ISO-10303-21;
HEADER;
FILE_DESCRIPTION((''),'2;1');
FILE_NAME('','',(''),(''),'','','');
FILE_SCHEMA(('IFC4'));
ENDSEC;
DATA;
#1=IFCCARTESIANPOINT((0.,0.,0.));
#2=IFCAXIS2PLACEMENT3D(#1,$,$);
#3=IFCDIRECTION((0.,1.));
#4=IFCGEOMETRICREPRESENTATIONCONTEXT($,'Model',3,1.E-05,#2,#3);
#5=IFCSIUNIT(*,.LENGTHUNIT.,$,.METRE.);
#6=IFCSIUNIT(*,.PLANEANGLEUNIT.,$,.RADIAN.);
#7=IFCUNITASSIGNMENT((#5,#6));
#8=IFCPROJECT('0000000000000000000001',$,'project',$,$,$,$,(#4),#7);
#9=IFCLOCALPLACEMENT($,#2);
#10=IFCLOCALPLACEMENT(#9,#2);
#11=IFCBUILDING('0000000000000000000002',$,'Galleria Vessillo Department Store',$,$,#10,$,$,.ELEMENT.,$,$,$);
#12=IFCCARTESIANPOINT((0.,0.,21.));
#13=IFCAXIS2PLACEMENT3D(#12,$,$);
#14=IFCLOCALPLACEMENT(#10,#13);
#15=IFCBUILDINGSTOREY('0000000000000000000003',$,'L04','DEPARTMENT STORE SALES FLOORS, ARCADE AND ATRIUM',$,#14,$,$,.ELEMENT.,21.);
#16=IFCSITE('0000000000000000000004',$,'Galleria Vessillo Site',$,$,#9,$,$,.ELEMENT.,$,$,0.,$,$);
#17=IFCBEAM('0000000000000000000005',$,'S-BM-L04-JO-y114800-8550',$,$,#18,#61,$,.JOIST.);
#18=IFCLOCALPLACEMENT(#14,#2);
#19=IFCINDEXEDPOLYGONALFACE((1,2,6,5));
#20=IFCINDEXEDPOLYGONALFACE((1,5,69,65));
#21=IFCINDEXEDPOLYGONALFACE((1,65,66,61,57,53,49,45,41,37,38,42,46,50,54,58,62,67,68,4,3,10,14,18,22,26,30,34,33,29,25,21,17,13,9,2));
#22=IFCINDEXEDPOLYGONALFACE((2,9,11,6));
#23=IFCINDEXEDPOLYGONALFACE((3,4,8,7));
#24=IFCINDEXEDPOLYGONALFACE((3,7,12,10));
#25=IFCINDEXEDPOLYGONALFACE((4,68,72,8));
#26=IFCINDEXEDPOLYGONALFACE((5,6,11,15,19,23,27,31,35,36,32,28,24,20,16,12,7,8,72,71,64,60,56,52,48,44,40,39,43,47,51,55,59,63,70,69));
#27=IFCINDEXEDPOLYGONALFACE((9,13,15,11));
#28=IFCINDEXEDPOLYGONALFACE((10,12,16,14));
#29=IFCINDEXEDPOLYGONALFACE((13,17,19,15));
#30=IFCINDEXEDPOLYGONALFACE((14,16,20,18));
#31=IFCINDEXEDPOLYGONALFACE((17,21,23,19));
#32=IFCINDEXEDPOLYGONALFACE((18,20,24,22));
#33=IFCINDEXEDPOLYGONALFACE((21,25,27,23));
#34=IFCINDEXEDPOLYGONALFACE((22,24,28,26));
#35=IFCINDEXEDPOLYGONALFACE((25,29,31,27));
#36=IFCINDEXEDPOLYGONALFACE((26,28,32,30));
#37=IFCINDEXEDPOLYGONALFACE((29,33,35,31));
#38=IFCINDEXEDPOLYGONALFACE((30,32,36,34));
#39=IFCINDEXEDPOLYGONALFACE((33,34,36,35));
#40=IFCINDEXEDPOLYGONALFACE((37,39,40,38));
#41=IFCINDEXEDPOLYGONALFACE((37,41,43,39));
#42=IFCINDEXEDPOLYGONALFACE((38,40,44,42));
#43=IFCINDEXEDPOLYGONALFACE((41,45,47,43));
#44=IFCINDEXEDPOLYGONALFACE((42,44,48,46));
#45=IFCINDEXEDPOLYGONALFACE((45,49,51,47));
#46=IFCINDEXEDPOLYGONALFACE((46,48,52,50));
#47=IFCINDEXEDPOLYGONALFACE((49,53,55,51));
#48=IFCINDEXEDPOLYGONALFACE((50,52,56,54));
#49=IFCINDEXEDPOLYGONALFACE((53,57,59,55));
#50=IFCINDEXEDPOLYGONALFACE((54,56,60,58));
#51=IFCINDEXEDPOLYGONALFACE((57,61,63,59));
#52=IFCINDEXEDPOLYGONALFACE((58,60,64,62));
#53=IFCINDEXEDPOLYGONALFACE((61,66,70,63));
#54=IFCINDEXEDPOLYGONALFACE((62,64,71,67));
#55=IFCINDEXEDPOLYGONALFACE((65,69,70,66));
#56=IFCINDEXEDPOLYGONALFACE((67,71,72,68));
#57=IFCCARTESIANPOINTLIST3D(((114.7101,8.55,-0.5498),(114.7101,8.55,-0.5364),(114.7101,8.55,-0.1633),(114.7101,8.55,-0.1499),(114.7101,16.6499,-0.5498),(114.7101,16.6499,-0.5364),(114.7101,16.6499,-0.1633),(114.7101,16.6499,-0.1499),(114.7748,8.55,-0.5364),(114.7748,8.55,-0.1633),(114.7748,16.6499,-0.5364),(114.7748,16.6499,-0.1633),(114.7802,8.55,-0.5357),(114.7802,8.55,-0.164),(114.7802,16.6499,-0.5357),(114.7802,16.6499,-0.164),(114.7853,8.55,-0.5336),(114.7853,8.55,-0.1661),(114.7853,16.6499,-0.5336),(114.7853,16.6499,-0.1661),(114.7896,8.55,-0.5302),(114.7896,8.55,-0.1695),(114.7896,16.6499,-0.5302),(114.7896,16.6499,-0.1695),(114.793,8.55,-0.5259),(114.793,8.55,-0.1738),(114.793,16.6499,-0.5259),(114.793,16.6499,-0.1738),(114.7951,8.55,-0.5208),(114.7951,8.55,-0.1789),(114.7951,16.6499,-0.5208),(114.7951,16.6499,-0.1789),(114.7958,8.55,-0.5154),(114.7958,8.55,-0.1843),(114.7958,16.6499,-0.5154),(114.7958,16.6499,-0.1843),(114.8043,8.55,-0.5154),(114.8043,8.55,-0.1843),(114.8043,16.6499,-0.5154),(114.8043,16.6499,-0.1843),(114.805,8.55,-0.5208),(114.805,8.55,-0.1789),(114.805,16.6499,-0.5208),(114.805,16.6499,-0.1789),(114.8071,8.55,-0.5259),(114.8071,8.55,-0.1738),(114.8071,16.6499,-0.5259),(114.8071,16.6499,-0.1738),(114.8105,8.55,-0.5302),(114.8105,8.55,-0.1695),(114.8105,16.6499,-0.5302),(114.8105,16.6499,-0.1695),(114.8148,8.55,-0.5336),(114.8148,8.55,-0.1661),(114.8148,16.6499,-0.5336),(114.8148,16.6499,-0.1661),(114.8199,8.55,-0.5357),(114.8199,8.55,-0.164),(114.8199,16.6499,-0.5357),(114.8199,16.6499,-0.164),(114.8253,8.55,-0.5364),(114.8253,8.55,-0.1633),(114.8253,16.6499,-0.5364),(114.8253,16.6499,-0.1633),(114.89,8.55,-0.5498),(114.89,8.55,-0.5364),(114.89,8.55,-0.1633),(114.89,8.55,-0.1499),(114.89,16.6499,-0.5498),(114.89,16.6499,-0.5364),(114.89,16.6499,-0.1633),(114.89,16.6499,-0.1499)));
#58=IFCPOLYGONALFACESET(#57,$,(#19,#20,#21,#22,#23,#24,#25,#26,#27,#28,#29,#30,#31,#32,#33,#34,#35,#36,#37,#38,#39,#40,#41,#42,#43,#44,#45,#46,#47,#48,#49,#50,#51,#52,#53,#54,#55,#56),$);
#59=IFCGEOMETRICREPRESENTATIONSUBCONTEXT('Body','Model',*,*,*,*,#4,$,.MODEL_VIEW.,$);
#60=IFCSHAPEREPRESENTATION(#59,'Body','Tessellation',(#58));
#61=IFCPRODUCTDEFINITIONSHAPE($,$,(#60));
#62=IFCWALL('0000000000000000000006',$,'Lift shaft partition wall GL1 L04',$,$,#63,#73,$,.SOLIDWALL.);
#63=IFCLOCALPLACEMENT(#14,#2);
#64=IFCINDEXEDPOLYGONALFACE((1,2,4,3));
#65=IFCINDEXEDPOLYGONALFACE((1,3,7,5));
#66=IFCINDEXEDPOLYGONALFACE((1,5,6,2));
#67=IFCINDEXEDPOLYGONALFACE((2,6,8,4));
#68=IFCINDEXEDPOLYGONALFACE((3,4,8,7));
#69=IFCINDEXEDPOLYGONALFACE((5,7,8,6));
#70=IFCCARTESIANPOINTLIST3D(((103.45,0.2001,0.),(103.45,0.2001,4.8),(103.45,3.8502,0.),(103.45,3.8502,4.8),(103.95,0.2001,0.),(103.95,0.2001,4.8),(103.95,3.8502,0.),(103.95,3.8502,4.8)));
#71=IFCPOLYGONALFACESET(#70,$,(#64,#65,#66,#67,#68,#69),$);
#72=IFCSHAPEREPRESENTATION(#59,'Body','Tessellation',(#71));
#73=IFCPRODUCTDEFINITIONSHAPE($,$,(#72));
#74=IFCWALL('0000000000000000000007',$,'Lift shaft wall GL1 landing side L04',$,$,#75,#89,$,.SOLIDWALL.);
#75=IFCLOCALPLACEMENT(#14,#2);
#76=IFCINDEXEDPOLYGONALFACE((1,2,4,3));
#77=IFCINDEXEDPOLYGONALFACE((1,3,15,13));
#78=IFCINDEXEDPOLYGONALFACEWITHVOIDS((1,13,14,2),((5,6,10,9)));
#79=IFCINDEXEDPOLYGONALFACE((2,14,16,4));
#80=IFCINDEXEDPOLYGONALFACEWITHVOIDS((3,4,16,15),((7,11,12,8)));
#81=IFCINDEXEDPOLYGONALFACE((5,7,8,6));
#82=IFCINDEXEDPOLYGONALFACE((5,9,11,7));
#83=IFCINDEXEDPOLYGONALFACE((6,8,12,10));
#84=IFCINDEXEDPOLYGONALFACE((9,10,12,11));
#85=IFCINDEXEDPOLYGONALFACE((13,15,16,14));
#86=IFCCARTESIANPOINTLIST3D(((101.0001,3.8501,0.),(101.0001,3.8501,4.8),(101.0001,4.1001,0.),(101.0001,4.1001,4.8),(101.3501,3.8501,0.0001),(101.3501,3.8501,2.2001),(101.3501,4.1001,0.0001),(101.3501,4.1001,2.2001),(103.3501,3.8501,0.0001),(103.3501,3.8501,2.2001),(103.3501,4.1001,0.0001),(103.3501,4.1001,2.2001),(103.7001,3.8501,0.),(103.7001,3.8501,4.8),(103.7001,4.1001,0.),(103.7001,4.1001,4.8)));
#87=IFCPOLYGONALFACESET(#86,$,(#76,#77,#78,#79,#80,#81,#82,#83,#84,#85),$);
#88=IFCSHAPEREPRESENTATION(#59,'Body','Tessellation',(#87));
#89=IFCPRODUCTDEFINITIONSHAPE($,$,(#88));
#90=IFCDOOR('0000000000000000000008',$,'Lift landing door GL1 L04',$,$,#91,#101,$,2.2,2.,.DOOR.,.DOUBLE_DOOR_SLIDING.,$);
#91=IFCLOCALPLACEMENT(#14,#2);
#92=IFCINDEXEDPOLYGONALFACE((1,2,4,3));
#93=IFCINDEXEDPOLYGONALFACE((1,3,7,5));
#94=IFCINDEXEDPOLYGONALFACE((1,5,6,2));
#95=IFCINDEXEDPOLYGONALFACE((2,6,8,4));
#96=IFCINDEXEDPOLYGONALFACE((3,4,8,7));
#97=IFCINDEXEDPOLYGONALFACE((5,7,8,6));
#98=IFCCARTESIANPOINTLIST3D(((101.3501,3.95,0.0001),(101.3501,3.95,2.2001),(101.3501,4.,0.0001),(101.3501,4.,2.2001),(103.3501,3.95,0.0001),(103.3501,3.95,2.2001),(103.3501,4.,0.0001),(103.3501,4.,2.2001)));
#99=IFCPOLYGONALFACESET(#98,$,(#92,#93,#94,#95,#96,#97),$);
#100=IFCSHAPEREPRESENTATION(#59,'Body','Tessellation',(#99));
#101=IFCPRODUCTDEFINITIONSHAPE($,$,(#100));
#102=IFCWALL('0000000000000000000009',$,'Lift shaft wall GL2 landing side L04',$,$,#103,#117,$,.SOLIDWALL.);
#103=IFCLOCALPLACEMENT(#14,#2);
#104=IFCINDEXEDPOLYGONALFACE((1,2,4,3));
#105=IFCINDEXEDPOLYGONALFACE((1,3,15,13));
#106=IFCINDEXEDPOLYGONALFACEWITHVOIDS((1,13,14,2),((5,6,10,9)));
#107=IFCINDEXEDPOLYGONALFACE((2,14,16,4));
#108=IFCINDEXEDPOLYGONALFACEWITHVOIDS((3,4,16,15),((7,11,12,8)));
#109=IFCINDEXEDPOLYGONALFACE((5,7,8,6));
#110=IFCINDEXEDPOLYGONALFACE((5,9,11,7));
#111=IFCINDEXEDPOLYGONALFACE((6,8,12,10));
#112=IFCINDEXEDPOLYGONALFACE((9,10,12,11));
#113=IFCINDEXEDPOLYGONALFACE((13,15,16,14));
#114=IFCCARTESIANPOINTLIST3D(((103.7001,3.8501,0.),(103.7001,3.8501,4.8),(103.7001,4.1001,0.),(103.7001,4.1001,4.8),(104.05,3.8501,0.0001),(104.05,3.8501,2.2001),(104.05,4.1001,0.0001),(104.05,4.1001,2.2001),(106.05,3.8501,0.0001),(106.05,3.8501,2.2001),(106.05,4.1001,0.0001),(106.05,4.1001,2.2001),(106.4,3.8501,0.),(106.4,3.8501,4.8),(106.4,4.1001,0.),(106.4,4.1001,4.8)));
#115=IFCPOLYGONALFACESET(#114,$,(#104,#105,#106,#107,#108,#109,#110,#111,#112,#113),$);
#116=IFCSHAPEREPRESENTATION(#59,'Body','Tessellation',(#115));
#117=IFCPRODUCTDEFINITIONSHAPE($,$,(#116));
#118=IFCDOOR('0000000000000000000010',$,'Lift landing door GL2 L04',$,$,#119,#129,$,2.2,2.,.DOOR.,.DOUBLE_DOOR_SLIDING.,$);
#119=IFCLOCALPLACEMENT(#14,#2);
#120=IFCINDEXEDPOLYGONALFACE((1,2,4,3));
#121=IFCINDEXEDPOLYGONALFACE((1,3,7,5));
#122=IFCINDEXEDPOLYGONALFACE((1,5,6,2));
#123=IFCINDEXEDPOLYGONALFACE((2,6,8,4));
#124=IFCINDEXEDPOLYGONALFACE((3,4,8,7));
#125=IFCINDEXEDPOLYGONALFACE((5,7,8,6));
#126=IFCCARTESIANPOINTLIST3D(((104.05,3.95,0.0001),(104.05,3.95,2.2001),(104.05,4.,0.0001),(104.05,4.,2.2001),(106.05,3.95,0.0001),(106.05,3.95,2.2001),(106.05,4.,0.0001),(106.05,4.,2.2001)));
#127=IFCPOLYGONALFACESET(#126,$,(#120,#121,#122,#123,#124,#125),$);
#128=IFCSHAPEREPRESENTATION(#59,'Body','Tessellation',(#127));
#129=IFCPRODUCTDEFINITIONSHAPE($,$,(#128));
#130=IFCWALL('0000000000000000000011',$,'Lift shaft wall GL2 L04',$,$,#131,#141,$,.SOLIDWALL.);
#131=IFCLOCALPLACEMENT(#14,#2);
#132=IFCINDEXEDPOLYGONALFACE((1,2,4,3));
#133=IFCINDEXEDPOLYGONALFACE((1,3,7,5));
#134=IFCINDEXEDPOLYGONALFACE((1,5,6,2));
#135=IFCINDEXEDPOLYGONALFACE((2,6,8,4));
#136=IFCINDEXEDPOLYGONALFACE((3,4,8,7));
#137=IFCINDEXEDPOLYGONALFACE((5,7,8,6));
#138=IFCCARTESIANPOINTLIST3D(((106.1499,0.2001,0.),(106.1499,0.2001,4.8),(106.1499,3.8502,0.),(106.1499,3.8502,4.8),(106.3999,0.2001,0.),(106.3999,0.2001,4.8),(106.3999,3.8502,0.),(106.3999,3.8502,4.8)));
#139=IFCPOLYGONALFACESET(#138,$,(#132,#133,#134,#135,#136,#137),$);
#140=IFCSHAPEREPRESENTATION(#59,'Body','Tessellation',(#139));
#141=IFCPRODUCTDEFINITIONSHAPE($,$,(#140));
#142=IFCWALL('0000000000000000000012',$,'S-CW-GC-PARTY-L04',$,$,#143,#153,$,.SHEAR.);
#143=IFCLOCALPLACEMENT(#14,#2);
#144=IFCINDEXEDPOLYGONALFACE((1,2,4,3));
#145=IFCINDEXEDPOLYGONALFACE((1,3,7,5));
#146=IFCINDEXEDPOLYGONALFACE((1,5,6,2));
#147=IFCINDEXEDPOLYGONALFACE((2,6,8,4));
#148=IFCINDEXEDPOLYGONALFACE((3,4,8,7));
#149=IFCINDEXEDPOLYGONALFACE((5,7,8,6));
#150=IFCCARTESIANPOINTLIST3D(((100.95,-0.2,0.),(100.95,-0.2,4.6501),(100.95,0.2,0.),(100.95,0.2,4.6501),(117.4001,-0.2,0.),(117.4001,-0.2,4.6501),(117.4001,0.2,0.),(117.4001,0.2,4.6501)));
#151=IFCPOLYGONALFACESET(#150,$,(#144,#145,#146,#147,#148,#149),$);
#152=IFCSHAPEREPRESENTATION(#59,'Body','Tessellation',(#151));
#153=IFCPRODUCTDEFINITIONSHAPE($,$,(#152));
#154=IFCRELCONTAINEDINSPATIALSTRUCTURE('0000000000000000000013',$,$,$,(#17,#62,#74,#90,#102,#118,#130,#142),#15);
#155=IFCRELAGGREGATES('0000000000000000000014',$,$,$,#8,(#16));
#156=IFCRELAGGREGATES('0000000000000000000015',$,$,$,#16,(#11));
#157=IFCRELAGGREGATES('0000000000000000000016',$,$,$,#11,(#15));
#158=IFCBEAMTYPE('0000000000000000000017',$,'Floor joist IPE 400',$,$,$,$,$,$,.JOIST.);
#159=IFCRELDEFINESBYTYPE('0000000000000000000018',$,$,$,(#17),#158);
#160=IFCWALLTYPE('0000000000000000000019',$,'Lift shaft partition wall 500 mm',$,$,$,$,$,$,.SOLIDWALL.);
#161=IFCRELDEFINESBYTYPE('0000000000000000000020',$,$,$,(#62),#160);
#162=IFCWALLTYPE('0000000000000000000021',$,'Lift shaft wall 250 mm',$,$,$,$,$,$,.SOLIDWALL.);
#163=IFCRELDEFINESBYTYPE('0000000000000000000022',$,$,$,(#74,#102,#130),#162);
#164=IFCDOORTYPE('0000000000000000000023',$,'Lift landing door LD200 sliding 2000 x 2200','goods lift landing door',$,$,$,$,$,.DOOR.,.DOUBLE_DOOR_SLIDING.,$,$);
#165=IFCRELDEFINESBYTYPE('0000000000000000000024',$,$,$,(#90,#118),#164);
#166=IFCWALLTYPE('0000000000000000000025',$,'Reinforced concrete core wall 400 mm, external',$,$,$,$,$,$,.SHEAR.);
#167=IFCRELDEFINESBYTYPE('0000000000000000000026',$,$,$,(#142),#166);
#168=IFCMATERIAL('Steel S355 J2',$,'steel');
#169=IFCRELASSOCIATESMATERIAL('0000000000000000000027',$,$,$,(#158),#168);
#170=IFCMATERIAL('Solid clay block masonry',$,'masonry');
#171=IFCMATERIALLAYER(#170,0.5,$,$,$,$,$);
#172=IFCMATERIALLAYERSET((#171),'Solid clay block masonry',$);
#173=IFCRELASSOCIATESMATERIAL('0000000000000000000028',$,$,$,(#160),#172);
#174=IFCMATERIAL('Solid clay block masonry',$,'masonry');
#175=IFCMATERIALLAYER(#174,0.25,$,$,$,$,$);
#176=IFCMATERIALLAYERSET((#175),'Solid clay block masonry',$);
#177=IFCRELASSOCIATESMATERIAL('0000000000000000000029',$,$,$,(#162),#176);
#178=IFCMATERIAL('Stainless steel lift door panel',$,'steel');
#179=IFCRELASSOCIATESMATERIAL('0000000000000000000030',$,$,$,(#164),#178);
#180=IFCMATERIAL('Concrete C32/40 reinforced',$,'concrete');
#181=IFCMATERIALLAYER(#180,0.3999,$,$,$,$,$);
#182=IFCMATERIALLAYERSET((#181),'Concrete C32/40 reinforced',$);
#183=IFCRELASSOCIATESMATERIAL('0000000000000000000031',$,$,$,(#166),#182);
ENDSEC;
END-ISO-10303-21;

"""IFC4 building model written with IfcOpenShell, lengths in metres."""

from ifc_helpers import new_model, si_unit, direction, frame, frame_2d, origin, origin_2d, place, context, subcontext, project, spatial, rectangle, i_section, extrude, material, layer, layer_set, material_profile, profile_set, type_object, element, fill, save


model = new_model("IFC4")

# Units and contexts
model_context = context("Model", 3, precision=1e-05, world=origin(), true_north=direction((0.0, 1.0)))
body_context = subcontext(model_context, "Body", "Model", "MODEL_VIEW")
ifc_project = project(units=[si_unit("LENGTHUNIT", "METRE"), si_unit("PLANEANGLEUNIT", "RADIAN")], contexts=[model_context])

# Site, building, storey
site_placement = place(None, origin())
site = spatial("IfcSite", under=ifc_project, at=site_placement, Name="Galleria Vessillo Site", CompositionType="ELEMENT", RefElevation=0.0)
building_placement = place(site_placement, origin())
building = spatial("IfcBuilding", under=site, at=building_placement, Name="Galleria Vessillo Department Store", CompositionType="ELEMENT")
storey_placement = place(building_placement, frame((0.0, 0.0, 21.0)))
storey = spatial("IfcBuildingStorey", under=building, at=storey_placement, Name="L04", Description="DEPARTMENT STORE SALES FLOORS, ARCADE AND ATRIUM", CompositionType="ELEMENT", Elevation=21.0)

# Beam
ifc_material_1 = material(Name="Steel S355 J2", Category="steel")
ifc_material_profile = material_profile(ifc_material_1, i_section(OverallWidth=0.1799, OverallDepth=0.3999, WebThickness=0.0085, FlangeThickness=0.0134, FilletRadius=0.021, at=origin_2d()), Name="IPE 400")
ifc_profile_set = profile_set([ifc_material_profile], Name="Steel S355 J2")
beam_type = type_object("IfcBeamType", Name="Floor joist IPE 400", PredefinedType="JOIST", material=ifc_profile_set)
beam_placement = place(storey_placement, frame((114.8, 8.55, -0.3499), z_axis=(0.0, 1.0, 0.0), x_axis=(-1.0, 0.0, 0.0)))
element("IfcBeam", 1, at=beam_placement, inside=storey, type_object=beam_type, Name="S-BM-L04-JO-y114800-8550", PredefinedType="JOIST", context=body_context, shape_type="SweptSolid", body=[
    extrude(i_section(OverallWidth=0.1799, OverallDepth=0.3999, WebThickness=0.0085, FlangeThickness=0.0134, FilletRadius=0.021, at=origin_2d()), origin(), (0.0, 0.0, 1.0), 8.0999),
])

# Wall
ifc_material_2 = material(Name="Solid clay block masonry", Category="masonry")
ifc_layer_1 = layer(ifc_material_2, 0.5)
ifc_layer_set_1 = layer_set([ifc_layer_1], Name="Solid clay block masonry")
wall_type_1 = type_object("IfcWallType", Name="Lift shaft partition wall 500 mm", PredefinedType="SOLIDWALL", material=ifc_layer_set_1)
wall_1_placement = place(storey_placement, frame((103.7, 0.2, 0.0), z_axis=(0.0, 0.0, 1.0), x_axis=(0.0, 1.0, 0.0)))
element("IfcWall", 2, at=wall_1_placement, inside=storey, type_object=wall_type_1, Name="Lift shaft partition wall GL1 L04", PredefinedType="SOLIDWALL", context=body_context, shape_type="SweptSolid", body=[
    extrude(rectangle(XDim=3.6501, YDim=0.5, at=frame_2d((1.8252, 0.0))), origin(), (0.0, 0.0, 1.0), 4.8),
])

# Walls, openings, doors
ifc_material_3 = material(Name="Solid clay block masonry", Category="masonry")
ifc_layer_2 = layer(ifc_material_3, 0.25)
ifc_layer_set_2 = layer_set([ifc_layer_2], Name="Solid clay block masonry")
wall_type_2 = type_object("IfcWallType", Name="Lift shaft wall 250 mm", PredefinedType="SOLIDWALL", material=ifc_layer_set_2)
wall_2_placement = place(storey_placement, frame((101.0, 3.9751, 0.0), z_axis=(0.0, 0.0, 1.0), x_axis=(1.0, 0.0, 0.0)))
wall_2 = element("IfcWall", 3, at=wall_2_placement, inside=storey, type_object=wall_type_2, Name="Lift shaft wall GL1 landing side L04", PredefinedType="SOLIDWALL", context=body_context, shape_type="SweptSolid", body=[
    extrude(rectangle(XDim=2.7, YDim=0.25, at=frame_2d((1.3501, 0.0))), origin(), (0.0, 0.0, 1.0), 4.8),
])
opening_1_placement = place(wall_2_placement, frame((0.3501, 0.0, 0.0)))
opening_1 = element("IfcOpeningElement", 4, at=opening_1_placement, cuts=wall_2, PredefinedType="OPENING", context=body_context, shape_type="SweptSolid", body=[
    extrude(rectangle(XDim=2.0, YDim=2.2, at=frame_2d((1.0, 1.1001))), frame((0.0, 0.135, 0.0), z_axis=(0.0, -1.0, 0.0), x_axis=(1.0, 0.0, 0.0)), (0.0, 0.0, 1.0), 0.27),
])
ifc_material_4 = material(Name="Stainless steel lift door panel", Category="steel")
door_type_1 = type_object("IfcDoorType", Name="Lift landing door LD200 sliding 2000 x 2200", Description="goods lift landing door", OperationType="DOUBLE_DOOR_SLIDING", PredefinedType="DOOR", material=ifc_material_4)
door_1_placement = place(opening_1_placement, origin())
door_1 = element("IfcDoor", 5, at=door_1_placement, inside=storey, type_object=door_type_1, Name="Lift landing door GL1 L04", OperationType="DOUBLE_DOOR_SLIDING", OverallHeight=2.2, OverallWidth=2.0, PredefinedType="DOOR", context=body_context, shape_type="SweptSolid", body=[
    extrude(rectangle(XDim=2.0, YDim=2.2, at=frame_2d((1.0, 1.1001))), frame((0.0, 0.0249, 0.0), z_axis=(0.0, -1.0, 0.0), x_axis=(1.0, 0.0, 0.0)), (0.0, 0.0, 1.0), 0.05),
])
fill(opening_1, door_1)
wall_3_placement = place(storey_placement, frame((103.7, 3.9751, 0.0), z_axis=(0.0, 0.0, 1.0), x_axis=(1.0, 0.0, 0.0)))
wall_3 = element("IfcWall", 6, at=wall_3_placement, inside=storey, type_object=wall_type_2, Name="Lift shaft wall GL2 landing side L04", PredefinedType="SOLIDWALL", context=body_context, shape_type="SweptSolid", body=[
    extrude(rectangle(XDim=2.7, YDim=0.25, at=frame_2d((1.3501, 0.0))), origin(), (0.0, 0.0, 1.0), 4.8),
])
opening_2_placement = place(wall_3_placement, frame((0.3501, 0.0, 0.0)))
opening_2 = element("IfcOpeningElement", 7, at=opening_2_placement, cuts=wall_3, PredefinedType="OPENING", context=body_context, shape_type="SweptSolid", body=[
    extrude(rectangle(XDim=2.0, YDim=2.2, at=frame_2d((1.0, 1.1001))), frame((0.0, 0.135, 0.0), z_axis=(0.0, -1.0, 0.0), x_axis=(1.0, 0.0, 0.0)), (0.0, 0.0, 1.0), 0.27),
])
door_2_placement = place(opening_2_placement, origin())
door_2 = element("IfcDoor", 8, at=door_2_placement, inside=storey, type_object=door_type_1, Name="Lift landing door GL2 L04", OperationType="DOUBLE_DOOR_SLIDING", OverallHeight=2.2, OverallWidth=2.0, PredefinedType="DOOR", context=body_context, shape_type="SweptSolid", body=[
    extrude(rectangle(XDim=2.0, YDim=2.2, at=frame_2d((1.0, 1.1001))), frame((0.0, 0.0249, 0.0), z_axis=(0.0, -1.0, 0.0), x_axis=(1.0, 0.0, 0.0)), (0.0, 0.0, 1.0), 0.05),
])
fill(opening_2, door_2)

# Wall
wall_4_placement = place(storey_placement, frame((106.2749, 0.2, 0.0), z_axis=(0.0, 0.0, 1.0), x_axis=(0.0, 1.0, 0.0)))
element("IfcWall", 9, at=wall_4_placement, inside=storey, type_object=wall_type_2, Name="Lift shaft wall GL2 L04", PredefinedType="SOLIDWALL", context=body_context, shape_type="SweptSolid", body=[
    extrude(rectangle(XDim=3.6501, YDim=0.25, at=frame_2d((1.8252, 0.0))), origin(), (0.0, 0.0, 1.0), 4.8),
])

# Wall
ifc_material_5 = material(Name="Concrete C32/40 reinforced", Category="concrete")
ifc_layer_3 = layer(ifc_material_5, 0.3999)
ifc_layer_set_3 = layer_set([ifc_layer_3], Name="Concrete C32/40 reinforced")
wall_type_3 = type_object("IfcWallType", Name="Reinforced concrete core wall 400 mm, external", PredefinedType="SHEAR", material=ifc_layer_set_3)
wall_5_placement = place(storey_placement, frame((100.95, 0.0, 0.0), z_axis=(0.0, 0.0, 1.0), x_axis=(1.0, 0.0, 0.0)))
element("IfcWall", 10, at=wall_5_placement, inside=storey, type_object=wall_type_3, Name="S-CW-GC-PARTY-L04", PredefinedType="SHEAR", context=body_context, shape_type="SweptSolid", body=[
    extrude(rectangle(XDim=16.4502, YDim=0.3999, at=frame_2d((8.2251, 0.0))), origin(), (0.0, 0.0, 1.0), 4.6501),
])

save(model, "model.ifc")
